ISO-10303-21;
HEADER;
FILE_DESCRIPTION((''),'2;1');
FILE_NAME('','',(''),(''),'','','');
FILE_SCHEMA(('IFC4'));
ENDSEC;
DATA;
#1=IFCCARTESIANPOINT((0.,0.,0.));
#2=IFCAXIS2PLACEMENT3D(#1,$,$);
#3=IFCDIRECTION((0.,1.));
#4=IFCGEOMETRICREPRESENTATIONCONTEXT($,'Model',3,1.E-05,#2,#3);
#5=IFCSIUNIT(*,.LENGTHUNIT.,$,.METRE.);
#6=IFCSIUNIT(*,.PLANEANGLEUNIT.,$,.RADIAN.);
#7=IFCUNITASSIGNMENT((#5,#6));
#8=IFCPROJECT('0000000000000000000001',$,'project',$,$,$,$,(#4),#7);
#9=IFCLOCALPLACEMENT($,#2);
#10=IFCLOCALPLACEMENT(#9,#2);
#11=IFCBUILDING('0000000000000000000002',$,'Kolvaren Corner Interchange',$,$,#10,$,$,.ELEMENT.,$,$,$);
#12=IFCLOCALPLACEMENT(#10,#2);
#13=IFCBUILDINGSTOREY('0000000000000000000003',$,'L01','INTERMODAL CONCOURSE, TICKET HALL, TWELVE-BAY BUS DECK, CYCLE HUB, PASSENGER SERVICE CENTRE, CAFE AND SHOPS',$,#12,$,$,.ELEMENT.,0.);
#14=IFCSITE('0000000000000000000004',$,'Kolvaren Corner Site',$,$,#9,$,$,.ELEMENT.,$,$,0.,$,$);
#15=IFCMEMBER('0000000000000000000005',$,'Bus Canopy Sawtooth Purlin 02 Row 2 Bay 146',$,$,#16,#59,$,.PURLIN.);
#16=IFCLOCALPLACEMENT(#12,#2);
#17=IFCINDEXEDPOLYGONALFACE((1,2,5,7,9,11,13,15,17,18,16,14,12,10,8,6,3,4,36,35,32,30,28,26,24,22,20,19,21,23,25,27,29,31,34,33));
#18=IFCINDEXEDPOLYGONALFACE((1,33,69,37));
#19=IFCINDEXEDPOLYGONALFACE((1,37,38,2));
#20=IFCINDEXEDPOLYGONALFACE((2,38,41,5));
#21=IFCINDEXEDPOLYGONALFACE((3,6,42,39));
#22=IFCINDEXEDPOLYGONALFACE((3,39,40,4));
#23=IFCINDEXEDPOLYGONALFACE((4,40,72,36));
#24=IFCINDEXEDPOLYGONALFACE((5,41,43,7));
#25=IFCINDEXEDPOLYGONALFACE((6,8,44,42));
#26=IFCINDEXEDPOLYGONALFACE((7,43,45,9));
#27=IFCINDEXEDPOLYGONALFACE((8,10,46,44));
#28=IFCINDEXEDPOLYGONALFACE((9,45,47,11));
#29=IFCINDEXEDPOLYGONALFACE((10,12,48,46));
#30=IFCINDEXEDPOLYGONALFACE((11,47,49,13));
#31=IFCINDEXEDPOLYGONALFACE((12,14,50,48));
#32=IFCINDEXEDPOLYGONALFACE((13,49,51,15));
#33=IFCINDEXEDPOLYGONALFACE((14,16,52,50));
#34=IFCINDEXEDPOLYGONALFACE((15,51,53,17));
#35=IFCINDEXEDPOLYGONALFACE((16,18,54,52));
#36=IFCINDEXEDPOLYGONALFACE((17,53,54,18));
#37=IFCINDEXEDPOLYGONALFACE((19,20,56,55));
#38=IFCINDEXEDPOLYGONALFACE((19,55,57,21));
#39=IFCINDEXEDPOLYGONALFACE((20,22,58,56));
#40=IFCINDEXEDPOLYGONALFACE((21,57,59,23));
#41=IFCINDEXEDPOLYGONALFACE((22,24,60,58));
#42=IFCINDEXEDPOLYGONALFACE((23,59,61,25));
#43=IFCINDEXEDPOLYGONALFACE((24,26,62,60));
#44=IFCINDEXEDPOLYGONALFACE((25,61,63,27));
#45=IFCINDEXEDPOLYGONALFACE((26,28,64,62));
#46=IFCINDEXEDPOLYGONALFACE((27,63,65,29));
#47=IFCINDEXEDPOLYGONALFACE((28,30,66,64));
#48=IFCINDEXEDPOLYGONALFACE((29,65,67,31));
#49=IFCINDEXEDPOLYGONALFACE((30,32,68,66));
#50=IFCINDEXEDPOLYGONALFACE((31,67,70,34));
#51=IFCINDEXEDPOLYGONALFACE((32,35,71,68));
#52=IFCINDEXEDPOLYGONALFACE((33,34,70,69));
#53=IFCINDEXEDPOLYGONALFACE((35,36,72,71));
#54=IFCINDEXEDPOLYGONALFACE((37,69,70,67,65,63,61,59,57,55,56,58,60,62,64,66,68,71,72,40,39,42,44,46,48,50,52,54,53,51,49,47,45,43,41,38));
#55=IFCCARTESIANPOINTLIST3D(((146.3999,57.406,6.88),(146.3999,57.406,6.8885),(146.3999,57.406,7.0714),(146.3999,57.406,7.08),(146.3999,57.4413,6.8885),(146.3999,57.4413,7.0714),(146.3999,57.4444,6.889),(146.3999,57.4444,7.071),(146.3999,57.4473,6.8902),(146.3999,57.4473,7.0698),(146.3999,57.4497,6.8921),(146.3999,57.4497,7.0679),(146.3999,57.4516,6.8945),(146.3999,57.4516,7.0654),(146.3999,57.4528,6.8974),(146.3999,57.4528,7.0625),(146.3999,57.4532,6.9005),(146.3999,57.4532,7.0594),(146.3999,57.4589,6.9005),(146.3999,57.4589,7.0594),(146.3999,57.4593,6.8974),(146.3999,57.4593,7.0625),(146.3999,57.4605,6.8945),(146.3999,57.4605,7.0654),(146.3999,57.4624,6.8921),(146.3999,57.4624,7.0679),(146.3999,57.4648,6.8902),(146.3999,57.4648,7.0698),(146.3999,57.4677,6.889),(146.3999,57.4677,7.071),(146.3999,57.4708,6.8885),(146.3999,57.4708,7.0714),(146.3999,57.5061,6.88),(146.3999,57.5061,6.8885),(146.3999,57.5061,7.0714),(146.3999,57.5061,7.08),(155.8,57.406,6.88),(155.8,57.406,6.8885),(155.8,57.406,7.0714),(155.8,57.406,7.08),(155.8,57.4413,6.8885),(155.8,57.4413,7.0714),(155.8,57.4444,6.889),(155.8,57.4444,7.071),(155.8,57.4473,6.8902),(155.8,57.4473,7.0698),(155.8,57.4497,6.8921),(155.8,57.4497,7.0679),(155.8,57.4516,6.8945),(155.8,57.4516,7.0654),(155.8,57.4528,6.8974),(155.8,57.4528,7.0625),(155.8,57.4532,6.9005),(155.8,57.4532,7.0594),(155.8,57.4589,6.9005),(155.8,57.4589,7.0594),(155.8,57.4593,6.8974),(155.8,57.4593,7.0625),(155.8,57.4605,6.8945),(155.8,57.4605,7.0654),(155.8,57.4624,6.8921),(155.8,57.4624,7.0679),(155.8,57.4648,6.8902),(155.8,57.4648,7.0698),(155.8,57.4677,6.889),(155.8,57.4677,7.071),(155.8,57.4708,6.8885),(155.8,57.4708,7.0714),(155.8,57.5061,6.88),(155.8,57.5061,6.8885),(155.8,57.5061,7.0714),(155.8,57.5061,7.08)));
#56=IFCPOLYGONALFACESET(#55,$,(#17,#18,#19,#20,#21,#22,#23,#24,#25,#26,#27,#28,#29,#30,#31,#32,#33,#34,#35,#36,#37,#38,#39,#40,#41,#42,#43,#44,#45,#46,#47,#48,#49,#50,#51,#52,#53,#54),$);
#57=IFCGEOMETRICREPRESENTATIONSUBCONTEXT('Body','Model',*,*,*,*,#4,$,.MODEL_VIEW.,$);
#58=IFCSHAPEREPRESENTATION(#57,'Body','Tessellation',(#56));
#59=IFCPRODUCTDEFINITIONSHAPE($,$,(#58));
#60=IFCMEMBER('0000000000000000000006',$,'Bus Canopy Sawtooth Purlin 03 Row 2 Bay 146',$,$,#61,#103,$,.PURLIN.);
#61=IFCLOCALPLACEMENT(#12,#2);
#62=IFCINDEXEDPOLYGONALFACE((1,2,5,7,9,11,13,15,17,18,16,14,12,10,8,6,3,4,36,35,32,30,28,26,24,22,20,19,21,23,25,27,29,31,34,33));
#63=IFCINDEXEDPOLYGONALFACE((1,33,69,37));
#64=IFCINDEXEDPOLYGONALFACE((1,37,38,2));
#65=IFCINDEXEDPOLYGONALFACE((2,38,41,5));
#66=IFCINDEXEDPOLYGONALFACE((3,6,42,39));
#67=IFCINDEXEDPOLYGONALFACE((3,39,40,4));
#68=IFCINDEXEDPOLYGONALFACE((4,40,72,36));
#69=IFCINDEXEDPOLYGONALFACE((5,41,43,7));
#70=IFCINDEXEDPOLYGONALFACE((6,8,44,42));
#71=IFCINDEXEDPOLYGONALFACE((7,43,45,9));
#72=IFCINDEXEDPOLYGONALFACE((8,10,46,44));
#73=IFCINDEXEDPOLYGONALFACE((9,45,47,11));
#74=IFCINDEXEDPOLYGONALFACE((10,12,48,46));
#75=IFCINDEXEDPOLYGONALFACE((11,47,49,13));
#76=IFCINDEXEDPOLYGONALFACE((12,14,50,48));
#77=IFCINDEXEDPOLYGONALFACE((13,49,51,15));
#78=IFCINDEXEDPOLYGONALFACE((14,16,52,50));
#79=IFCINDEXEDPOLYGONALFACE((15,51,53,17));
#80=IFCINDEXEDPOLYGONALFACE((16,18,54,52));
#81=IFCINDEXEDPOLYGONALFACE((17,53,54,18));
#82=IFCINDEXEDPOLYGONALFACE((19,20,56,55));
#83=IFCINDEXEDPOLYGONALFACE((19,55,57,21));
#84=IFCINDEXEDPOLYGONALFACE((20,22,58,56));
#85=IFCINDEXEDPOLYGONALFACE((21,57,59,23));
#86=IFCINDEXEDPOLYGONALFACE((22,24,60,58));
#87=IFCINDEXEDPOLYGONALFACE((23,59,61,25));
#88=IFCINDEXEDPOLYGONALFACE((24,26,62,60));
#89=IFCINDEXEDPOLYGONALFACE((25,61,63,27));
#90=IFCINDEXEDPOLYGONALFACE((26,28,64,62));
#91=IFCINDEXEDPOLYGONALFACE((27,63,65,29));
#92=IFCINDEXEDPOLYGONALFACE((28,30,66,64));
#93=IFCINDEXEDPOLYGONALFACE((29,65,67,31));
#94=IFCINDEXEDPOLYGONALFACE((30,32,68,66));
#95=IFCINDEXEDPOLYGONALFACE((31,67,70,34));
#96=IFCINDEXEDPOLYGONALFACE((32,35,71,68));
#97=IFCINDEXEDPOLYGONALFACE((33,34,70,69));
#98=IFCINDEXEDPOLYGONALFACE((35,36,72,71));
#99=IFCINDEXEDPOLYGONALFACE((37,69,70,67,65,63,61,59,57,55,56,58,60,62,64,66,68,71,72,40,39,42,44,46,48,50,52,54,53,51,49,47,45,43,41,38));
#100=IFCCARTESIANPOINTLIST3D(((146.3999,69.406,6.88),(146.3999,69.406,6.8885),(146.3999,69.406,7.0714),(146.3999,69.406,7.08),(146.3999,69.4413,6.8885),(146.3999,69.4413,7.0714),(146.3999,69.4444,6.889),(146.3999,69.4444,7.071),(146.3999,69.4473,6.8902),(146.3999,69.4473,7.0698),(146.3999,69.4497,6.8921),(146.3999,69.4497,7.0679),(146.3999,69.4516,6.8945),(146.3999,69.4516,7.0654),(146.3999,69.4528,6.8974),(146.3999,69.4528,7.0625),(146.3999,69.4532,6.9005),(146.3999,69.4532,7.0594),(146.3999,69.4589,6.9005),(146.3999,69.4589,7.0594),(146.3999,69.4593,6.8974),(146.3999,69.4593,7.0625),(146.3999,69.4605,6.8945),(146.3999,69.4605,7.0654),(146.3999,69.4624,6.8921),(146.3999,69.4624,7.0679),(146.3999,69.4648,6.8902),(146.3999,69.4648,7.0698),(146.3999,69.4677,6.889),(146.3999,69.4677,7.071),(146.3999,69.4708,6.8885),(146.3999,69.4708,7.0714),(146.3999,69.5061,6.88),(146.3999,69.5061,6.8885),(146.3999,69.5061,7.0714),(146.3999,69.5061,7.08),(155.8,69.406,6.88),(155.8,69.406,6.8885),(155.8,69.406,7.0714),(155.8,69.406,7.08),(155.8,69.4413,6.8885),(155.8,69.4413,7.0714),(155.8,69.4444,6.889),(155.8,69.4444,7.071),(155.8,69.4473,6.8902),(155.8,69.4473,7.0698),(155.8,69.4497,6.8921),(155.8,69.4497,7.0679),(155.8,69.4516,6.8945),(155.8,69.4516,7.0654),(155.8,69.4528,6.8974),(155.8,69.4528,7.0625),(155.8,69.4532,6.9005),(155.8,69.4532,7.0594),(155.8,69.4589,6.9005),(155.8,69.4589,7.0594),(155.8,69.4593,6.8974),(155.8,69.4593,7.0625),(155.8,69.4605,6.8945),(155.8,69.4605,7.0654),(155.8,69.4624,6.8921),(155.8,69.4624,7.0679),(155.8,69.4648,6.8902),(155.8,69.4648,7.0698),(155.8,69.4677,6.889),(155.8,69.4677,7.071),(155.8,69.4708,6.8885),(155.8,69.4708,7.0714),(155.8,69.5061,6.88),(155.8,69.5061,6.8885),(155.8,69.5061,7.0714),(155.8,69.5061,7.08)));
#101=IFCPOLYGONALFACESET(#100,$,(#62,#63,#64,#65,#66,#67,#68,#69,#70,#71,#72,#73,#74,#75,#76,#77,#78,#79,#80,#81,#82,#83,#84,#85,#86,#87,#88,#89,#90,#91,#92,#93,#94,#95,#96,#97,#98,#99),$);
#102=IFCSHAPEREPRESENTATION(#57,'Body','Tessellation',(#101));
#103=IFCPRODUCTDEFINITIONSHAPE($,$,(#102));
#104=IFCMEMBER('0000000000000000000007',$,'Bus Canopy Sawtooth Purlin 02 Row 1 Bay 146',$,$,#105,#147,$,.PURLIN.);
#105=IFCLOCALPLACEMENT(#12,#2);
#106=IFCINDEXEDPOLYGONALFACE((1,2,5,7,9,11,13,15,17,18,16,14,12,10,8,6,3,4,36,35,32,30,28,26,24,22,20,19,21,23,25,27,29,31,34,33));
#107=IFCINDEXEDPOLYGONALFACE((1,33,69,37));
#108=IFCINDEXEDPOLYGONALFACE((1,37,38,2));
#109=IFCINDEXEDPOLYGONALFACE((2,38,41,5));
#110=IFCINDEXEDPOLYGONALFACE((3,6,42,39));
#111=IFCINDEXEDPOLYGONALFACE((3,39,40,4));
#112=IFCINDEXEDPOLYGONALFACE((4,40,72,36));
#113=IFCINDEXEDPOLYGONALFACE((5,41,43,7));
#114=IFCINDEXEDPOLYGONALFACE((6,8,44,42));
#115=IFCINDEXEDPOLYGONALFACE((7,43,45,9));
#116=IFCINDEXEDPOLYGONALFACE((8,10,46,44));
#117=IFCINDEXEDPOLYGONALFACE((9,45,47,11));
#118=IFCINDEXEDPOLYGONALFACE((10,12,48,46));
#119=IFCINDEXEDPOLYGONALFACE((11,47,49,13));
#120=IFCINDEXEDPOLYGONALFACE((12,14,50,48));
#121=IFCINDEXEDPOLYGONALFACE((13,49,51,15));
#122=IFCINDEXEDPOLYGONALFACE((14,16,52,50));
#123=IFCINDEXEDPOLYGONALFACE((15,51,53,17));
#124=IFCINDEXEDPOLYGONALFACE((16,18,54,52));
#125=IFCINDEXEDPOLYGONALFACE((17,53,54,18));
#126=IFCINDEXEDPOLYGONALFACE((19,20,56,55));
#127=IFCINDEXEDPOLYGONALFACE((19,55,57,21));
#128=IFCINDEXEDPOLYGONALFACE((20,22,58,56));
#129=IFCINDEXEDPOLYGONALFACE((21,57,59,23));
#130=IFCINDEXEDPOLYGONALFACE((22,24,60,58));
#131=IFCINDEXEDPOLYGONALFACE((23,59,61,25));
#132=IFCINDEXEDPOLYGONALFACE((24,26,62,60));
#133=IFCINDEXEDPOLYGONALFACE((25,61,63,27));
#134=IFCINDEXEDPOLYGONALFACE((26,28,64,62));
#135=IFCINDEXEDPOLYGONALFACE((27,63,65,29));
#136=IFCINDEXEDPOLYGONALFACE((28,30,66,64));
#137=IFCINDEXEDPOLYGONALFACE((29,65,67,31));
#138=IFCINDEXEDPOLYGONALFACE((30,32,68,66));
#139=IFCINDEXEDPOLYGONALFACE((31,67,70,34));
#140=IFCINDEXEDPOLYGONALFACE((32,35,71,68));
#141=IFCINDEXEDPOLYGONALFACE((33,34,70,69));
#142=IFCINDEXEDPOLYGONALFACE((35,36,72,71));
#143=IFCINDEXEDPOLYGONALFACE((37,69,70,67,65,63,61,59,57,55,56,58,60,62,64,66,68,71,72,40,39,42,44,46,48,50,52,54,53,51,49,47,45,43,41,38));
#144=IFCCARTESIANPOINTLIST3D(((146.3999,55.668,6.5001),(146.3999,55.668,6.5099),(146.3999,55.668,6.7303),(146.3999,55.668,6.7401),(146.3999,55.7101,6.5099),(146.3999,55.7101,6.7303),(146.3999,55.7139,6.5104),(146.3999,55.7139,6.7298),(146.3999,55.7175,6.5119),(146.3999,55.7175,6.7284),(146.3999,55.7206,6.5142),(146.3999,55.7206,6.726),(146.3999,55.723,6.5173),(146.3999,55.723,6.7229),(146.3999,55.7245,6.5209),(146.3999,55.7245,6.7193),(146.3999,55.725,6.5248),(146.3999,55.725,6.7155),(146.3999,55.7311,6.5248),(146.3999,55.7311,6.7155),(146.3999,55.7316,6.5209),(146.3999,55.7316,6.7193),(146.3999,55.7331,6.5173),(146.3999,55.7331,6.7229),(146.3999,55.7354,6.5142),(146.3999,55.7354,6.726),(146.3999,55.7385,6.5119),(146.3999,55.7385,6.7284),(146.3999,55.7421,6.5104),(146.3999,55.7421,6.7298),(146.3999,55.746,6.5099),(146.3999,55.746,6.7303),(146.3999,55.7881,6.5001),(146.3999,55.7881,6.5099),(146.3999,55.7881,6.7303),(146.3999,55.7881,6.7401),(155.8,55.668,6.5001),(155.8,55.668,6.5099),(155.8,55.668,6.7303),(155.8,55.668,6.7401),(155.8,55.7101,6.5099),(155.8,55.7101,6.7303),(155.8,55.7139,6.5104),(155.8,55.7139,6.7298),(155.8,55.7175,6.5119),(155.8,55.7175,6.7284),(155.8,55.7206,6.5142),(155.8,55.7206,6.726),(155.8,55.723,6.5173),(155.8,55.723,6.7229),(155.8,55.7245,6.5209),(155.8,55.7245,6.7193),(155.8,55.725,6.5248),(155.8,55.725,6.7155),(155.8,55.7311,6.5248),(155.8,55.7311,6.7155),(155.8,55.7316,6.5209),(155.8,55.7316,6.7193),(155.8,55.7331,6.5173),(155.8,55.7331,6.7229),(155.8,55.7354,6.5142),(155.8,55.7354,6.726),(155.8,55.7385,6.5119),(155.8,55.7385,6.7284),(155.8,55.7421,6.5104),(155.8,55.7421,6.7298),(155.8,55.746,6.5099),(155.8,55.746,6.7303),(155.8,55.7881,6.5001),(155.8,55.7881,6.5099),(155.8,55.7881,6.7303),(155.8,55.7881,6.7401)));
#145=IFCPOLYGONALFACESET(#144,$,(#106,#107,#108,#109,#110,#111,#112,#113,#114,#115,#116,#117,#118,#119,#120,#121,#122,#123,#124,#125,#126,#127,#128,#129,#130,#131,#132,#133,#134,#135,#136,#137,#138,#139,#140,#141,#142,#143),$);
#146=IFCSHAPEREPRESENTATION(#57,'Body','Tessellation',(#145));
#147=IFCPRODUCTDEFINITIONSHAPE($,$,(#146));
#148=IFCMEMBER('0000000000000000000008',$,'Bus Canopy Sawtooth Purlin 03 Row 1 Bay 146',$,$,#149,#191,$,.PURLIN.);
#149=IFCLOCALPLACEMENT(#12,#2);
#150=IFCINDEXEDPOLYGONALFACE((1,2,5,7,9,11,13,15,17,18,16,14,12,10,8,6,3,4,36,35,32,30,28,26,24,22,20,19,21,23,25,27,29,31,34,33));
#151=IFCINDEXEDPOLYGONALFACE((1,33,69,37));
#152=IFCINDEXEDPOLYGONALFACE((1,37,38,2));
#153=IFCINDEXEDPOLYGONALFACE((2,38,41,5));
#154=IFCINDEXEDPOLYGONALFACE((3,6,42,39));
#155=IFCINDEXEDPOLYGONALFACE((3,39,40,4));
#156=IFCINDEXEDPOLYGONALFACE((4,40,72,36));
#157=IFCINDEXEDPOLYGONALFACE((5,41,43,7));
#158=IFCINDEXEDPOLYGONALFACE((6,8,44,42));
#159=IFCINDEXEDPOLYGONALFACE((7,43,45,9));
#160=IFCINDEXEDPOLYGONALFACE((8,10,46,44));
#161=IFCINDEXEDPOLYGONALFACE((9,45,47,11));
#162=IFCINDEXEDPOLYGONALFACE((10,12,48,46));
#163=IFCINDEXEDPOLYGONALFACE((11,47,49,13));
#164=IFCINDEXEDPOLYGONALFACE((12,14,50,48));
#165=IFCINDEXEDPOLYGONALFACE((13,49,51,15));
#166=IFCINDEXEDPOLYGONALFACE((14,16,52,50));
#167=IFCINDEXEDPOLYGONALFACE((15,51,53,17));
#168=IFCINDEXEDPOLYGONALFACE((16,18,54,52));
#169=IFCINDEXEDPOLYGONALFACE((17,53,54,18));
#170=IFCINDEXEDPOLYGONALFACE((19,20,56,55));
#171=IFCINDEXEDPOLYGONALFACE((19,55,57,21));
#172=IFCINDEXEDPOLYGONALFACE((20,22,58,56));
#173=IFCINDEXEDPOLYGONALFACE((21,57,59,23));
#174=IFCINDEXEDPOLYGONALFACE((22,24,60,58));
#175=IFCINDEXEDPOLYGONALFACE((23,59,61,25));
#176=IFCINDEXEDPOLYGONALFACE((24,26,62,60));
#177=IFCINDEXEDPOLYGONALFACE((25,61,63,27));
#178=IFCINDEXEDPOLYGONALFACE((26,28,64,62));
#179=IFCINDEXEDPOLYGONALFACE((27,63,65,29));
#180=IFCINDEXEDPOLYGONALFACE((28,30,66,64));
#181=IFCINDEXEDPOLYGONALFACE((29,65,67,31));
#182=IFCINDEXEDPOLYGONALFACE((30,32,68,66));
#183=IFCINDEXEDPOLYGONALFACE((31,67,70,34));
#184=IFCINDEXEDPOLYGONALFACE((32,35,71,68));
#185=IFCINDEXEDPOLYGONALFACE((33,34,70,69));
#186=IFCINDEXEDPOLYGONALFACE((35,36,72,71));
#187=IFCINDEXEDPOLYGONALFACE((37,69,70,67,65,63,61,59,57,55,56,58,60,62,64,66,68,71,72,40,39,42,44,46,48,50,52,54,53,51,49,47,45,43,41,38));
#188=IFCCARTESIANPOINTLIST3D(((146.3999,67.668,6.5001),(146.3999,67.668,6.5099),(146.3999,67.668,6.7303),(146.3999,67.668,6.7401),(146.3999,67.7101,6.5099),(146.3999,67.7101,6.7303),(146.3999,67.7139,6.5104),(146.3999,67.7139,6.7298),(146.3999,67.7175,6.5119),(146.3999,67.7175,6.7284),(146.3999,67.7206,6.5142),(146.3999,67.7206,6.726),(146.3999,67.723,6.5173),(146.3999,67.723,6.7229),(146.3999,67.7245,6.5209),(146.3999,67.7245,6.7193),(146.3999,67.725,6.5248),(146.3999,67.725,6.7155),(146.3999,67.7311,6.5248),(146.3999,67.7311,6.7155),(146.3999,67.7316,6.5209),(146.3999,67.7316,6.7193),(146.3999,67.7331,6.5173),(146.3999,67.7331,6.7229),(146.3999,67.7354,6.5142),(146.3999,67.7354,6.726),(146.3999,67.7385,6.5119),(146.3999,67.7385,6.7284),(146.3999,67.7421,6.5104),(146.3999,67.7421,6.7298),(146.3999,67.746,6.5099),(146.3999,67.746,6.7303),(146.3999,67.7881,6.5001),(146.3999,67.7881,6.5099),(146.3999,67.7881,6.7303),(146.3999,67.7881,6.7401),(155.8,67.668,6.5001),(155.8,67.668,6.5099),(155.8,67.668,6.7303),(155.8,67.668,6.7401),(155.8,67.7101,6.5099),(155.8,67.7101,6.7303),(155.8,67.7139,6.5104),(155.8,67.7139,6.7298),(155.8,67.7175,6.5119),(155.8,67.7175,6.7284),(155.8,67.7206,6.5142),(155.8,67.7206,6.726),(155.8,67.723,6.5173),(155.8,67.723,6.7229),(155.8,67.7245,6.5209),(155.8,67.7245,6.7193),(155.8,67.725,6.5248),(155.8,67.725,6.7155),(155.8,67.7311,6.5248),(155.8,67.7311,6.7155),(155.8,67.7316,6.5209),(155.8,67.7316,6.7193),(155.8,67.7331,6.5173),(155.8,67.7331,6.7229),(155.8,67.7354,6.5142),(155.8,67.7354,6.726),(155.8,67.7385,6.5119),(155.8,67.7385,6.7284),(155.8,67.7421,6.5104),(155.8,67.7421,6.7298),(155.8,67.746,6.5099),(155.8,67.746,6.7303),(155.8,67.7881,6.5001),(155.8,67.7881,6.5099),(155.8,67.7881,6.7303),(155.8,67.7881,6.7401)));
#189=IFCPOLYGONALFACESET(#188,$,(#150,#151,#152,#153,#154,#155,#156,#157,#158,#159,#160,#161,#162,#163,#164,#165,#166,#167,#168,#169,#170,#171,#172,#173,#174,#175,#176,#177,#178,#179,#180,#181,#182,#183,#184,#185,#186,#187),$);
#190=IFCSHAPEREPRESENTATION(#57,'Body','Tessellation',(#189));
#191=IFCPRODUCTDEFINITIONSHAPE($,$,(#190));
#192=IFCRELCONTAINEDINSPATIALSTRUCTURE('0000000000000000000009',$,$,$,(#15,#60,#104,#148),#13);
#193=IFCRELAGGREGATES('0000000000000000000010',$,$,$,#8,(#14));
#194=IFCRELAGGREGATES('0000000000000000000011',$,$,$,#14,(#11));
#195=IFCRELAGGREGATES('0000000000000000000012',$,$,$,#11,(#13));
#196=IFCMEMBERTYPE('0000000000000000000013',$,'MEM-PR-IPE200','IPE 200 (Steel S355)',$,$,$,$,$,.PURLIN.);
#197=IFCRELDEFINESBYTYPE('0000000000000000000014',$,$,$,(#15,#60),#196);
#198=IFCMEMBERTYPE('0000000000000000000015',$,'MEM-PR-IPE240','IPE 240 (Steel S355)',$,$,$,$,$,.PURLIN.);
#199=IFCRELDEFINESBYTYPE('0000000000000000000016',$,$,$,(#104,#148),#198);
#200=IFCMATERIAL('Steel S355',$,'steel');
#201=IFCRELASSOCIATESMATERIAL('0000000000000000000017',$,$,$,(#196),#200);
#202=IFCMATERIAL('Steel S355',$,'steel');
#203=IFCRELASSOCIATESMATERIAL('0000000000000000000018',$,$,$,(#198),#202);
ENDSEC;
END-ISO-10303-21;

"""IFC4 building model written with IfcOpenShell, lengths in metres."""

from ifc_helpers import new_model, si_unit, direction, frame, origin, origin_2d, place, context, subcontext, project, spatial, i_section, extrude, material, material_profile, profile_set, type_object, element, save


model = new_model("IFC4")

# Units and contexts
model_context = context("Model", 3, precision=1e-05, world=origin(), true_north=direction((0.0, 1.0)))
body_context = subcontext(model_context, "Body", "Model", "MODEL_VIEW")
ifc_project = project(units=[si_unit("LENGTHUNIT", "METRE"), si_unit("PLANEANGLEUNIT", "RADIAN")], contexts=[model_context])

# Site, building, storey
site_placement = place(None, origin())
site = spatial("IfcSite", under=ifc_project, at=site_placement, Name="Kolvaren Corner Site", CompositionType="ELEMENT", RefElevation=0.0)
building_placement = place(site_placement, origin())
building = spatial("IfcBuilding", under=site, at=building_placement, Name="Kolvaren Corner Interchange", CompositionType="ELEMENT")
storey_placement = place(building_placement, origin())
storey = spatial("IfcBuildingStorey", under=building, at=storey_placement, Name="L01", Description="INTERMODAL CONCOURSE, TICKET HALL, TWELVE-BAY BUS DECK, CYCLE HUB, PASSENGER SERVICE CENTRE, CAFE AND SHOPS", CompositionType="ELEMENT", Elevation=0.0)

# Members
ifc_material_1 = material(Name="Steel S355", Category="steel")
ifc_material_profile_1 = material_profile(ifc_material_1, i_section(OverallWidth=0.1001, OverallDepth=0.2, WebThickness=0.0056, FlangeThickness=0.0085, FilletRadius=0.012, at=origin_2d()), Name="IPE 200")
ifc_profile_set_1 = profile_set([ifc_material_profile_1], Name="Steel S355")
member_type_1 = type_object("IfcMemberType", Name="MEM-PR-IPE200", Description="IPE 200 (Steel S355)", PredefinedType="PURLIN", material=ifc_profile_set_1)
for number, where, z_axis, x_axis, name in (
    (1, (146.3999, 57.4561, 6.98), (1.0, 0.0, 0.0), (0.0, 1.0, 0.0), "Bus Canopy Sawtooth Purlin 02 Row 2 Bay 146"),
    (2, (146.3999, 69.4561, 6.98), (1.0, 0.0, 0.0), (0.0, 1.0, 0.0), "Bus Canopy Sawtooth Purlin 03 Row 2 Bay 146"),
):
    element("IfcMember", number, at=place(storey_placement, frame(where, z_axis=z_axis, x_axis=x_axis)), inside=storey, type_object=member_type_1, Name=name, PredefinedType="PURLIN", context=body_context, shape_type="SweptSolid", body=[
        extrude(i_section(OverallWidth=0.1001, OverallDepth=0.2, WebThickness=0.0056, FlangeThickness=0.0085, FilletRadius=0.012, at=origin_2d()), origin(), (0.0, 0.0, 1.0), 9.4001),
    ])
ifc_material_2 = material(Name="Steel S355", Category="steel")
ifc_material_profile_2 = material_profile(ifc_material_2, i_section(OverallWidth=0.1201, OverallDepth=0.24, WebThickness=0.0061, FlangeThickness=0.0098, FilletRadius=0.0149, at=origin_2d()), Name="IPE 240")
ifc_profile_set_2 = profile_set([ifc_material_profile_2], Name="Steel S355")
member_type_2 = type_object("IfcMemberType", Name="MEM-PR-IPE240", Description="IPE 240 (Steel S355)", PredefinedType="PURLIN", material=ifc_profile_set_2)
for number, where, z_axis, x_axis, name in (
    (3, (146.3999, 55.728, 6.6201), (1.0, 0.0, 0.0), (0.0, 1.0, 0.0), "Bus Canopy Sawtooth Purlin 02 Row 1 Bay 146"),
    (4, (146.3999, 67.728, 6.6201), (1.0, 0.0, 0.0), (0.0, 1.0, 0.0), "Bus Canopy Sawtooth Purlin 03 Row 1 Bay 146"),
):
    element("IfcMember", number, at=place(storey_placement, frame(where, z_axis=z_axis, x_axis=x_axis)), inside=storey, type_object=member_type_2, Name=name, PredefinedType="PURLIN", context=body_context, shape_type="SweptSolid", body=[
        extrude(i_section(OverallWidth=0.1201, OverallDepth=0.24, WebThickness=0.0061, FlangeThickness=0.0098, FilletRadius=0.0149, at=origin_2d()), origin(), (0.0, 0.0, 1.0), 9.4001),
    ])

save(model, "model.ifc")
